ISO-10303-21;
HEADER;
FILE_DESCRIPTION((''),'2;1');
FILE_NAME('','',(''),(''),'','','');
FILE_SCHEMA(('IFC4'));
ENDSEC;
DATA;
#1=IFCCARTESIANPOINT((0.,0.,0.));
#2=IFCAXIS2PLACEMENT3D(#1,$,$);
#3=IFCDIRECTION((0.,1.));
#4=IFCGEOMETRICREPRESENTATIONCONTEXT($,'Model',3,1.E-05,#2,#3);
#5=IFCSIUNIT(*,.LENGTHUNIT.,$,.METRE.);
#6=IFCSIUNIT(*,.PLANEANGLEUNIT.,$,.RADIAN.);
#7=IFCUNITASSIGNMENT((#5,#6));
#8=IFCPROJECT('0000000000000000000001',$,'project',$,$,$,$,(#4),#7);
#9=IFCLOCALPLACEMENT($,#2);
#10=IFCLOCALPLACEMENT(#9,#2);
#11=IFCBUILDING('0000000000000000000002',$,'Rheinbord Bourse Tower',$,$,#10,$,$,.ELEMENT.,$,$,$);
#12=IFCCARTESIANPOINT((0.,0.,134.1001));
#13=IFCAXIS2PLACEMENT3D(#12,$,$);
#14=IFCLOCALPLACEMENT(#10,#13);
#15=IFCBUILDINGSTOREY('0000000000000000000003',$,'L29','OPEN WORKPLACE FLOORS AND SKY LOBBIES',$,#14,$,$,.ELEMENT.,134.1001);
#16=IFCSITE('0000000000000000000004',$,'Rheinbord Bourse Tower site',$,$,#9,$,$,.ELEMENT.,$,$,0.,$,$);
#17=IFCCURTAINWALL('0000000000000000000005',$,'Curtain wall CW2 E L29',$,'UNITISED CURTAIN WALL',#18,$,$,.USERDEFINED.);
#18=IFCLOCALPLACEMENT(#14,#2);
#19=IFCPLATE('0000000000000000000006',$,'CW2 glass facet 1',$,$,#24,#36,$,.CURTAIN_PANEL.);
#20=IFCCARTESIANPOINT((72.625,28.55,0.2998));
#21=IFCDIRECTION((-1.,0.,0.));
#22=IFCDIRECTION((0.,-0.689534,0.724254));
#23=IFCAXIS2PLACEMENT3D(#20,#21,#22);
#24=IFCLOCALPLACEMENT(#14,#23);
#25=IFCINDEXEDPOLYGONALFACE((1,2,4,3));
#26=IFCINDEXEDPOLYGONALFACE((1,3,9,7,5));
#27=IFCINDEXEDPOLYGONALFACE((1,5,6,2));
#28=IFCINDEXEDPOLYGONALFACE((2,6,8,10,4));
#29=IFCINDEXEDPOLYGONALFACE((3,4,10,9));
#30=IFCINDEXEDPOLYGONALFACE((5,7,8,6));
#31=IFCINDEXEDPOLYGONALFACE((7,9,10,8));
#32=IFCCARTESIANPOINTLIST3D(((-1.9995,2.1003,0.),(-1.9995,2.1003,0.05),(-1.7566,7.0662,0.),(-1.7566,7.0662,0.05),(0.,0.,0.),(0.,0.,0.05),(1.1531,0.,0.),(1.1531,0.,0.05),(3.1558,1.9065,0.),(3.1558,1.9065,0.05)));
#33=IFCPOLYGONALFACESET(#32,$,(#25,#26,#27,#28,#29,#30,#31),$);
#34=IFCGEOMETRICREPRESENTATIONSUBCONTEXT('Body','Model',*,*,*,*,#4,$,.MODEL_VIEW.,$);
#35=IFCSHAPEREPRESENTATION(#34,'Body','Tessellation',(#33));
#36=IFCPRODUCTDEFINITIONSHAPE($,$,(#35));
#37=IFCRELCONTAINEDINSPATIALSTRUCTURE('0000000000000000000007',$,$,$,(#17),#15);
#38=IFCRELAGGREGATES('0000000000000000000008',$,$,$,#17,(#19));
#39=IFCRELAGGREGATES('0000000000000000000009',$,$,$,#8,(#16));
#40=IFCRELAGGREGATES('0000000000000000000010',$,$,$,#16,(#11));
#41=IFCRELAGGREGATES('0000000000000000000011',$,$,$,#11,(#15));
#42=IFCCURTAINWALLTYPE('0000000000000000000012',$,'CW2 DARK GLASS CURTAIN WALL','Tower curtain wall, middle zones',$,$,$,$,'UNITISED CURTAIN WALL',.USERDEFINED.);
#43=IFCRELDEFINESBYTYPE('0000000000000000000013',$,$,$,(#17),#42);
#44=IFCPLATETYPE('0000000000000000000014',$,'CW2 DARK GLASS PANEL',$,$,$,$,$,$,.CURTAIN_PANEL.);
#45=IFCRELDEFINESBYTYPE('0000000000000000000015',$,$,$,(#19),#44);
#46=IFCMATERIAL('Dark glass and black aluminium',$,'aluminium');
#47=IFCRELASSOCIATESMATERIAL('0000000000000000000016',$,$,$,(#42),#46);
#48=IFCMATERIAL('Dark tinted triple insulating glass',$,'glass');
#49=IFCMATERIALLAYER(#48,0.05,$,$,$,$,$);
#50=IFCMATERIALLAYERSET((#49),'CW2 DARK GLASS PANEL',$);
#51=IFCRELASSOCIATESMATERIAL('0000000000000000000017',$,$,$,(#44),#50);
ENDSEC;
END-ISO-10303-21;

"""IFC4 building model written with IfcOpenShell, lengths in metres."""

from ifc_helpers import new_model, si_unit, direction, frame, origin, place, context, subcontext, project, spatial, polyline, outline, extrude, material, layer, layer_set, type_object, element, aggregate, save


model = new_model("IFC4")

# Units and contexts
model_context = context("Model", 3, precision=1e-05, world=origin(), true_north=direction((0.0, 1.0)))
body_context = subcontext(model_context, "Body", "Model", "MODEL_VIEW")
ifc_project = project(units=[si_unit("LENGTHUNIT", "METRE"), si_unit("PLANEANGLEUNIT", "RADIAN")], contexts=[model_context])

# Site, building, storey
site_placement = place(None, origin())
site = spatial("IfcSite", under=ifc_project, at=site_placement, Name="Rheinbord Bourse Tower site", CompositionType="ELEMENT", RefElevation=0.0)
building_placement = place(site_placement, origin())
building = spatial("IfcBuilding", under=site, at=building_placement, Name="Rheinbord Bourse Tower", CompositionType="ELEMENT")
storey_placement = place(building_placement, frame((0.0, 0.0, 134.1001)))
storey = spatial("IfcBuildingStorey", under=building, at=storey_placement, Name="L29", Description="OPEN WORKPLACE FLOORS AND SKY LOBBIES", CompositionType="ELEMENT", Elevation=134.1001)

# Curtain wall
ifc_material_1 = material(Name="Dark glass and black aluminium", Category="aluminium")
curtain_wall_type = type_object("IfcCurtainWallType", Name="CW2 DARK GLASS CURTAIN WALL", Description="Tower curtain wall, middle zones", ElementType="UNITISED CURTAIN WALL", PredefinedType="USERDEFINED", material=ifc_material_1)
curtain_wall_placement = place(storey_placement, origin())
curtain_wall = element("IfcCurtainWall", 1, at=curtain_wall_placement, inside=storey, type_object=curtain_wall_type, Name="Curtain wall CW2 E L29", ObjectType="UNITISED CURTAIN WALL", PredefinedType="USERDEFINED")

# Plate
ifc_material_2 = material(Name="Dark tinted triple insulating glass", Category="glass")
ifc_layer_1 = layer(ifc_material_2, 0.05)
ifc_layer_set_1 = layer_set([ifc_layer_1], Name="CW2 DARK GLASS PANEL")
plate_type = type_object("IfcPlateType", Name="CW2 DARK GLASS PANEL", PredefinedType="CURTAIN_PANEL", material=ifc_layer_set_1)
plate_1_placement = place(storey_placement, frame((72.625, 28.55, 0.2998), z_axis=(-1.0, 0.0, 0.0), x_axis=(0.0, -0.689534, 0.724254)))
plate_1 = element("IfcPlate", 2, at=plate_1_placement, type_object=plate_type, Name="CW2 glass facet 1", PredefinedType="CURTAIN_PANEL", context=body_context, shape_type="SweptSolid", body=[
    extrude(outline(polyline([(0.0, 0.0), (1.1531, 0.0), (3.1558, 1.9065), (-1.7566, 7.0662), (-1.9995, 2.1003), (0.0, 0.0)])), origin(), (0.0, 0.0, 1.0), 0.05),
])
aggregate(curtain_wall, [plate_1])

save(model, "model.ifc")
